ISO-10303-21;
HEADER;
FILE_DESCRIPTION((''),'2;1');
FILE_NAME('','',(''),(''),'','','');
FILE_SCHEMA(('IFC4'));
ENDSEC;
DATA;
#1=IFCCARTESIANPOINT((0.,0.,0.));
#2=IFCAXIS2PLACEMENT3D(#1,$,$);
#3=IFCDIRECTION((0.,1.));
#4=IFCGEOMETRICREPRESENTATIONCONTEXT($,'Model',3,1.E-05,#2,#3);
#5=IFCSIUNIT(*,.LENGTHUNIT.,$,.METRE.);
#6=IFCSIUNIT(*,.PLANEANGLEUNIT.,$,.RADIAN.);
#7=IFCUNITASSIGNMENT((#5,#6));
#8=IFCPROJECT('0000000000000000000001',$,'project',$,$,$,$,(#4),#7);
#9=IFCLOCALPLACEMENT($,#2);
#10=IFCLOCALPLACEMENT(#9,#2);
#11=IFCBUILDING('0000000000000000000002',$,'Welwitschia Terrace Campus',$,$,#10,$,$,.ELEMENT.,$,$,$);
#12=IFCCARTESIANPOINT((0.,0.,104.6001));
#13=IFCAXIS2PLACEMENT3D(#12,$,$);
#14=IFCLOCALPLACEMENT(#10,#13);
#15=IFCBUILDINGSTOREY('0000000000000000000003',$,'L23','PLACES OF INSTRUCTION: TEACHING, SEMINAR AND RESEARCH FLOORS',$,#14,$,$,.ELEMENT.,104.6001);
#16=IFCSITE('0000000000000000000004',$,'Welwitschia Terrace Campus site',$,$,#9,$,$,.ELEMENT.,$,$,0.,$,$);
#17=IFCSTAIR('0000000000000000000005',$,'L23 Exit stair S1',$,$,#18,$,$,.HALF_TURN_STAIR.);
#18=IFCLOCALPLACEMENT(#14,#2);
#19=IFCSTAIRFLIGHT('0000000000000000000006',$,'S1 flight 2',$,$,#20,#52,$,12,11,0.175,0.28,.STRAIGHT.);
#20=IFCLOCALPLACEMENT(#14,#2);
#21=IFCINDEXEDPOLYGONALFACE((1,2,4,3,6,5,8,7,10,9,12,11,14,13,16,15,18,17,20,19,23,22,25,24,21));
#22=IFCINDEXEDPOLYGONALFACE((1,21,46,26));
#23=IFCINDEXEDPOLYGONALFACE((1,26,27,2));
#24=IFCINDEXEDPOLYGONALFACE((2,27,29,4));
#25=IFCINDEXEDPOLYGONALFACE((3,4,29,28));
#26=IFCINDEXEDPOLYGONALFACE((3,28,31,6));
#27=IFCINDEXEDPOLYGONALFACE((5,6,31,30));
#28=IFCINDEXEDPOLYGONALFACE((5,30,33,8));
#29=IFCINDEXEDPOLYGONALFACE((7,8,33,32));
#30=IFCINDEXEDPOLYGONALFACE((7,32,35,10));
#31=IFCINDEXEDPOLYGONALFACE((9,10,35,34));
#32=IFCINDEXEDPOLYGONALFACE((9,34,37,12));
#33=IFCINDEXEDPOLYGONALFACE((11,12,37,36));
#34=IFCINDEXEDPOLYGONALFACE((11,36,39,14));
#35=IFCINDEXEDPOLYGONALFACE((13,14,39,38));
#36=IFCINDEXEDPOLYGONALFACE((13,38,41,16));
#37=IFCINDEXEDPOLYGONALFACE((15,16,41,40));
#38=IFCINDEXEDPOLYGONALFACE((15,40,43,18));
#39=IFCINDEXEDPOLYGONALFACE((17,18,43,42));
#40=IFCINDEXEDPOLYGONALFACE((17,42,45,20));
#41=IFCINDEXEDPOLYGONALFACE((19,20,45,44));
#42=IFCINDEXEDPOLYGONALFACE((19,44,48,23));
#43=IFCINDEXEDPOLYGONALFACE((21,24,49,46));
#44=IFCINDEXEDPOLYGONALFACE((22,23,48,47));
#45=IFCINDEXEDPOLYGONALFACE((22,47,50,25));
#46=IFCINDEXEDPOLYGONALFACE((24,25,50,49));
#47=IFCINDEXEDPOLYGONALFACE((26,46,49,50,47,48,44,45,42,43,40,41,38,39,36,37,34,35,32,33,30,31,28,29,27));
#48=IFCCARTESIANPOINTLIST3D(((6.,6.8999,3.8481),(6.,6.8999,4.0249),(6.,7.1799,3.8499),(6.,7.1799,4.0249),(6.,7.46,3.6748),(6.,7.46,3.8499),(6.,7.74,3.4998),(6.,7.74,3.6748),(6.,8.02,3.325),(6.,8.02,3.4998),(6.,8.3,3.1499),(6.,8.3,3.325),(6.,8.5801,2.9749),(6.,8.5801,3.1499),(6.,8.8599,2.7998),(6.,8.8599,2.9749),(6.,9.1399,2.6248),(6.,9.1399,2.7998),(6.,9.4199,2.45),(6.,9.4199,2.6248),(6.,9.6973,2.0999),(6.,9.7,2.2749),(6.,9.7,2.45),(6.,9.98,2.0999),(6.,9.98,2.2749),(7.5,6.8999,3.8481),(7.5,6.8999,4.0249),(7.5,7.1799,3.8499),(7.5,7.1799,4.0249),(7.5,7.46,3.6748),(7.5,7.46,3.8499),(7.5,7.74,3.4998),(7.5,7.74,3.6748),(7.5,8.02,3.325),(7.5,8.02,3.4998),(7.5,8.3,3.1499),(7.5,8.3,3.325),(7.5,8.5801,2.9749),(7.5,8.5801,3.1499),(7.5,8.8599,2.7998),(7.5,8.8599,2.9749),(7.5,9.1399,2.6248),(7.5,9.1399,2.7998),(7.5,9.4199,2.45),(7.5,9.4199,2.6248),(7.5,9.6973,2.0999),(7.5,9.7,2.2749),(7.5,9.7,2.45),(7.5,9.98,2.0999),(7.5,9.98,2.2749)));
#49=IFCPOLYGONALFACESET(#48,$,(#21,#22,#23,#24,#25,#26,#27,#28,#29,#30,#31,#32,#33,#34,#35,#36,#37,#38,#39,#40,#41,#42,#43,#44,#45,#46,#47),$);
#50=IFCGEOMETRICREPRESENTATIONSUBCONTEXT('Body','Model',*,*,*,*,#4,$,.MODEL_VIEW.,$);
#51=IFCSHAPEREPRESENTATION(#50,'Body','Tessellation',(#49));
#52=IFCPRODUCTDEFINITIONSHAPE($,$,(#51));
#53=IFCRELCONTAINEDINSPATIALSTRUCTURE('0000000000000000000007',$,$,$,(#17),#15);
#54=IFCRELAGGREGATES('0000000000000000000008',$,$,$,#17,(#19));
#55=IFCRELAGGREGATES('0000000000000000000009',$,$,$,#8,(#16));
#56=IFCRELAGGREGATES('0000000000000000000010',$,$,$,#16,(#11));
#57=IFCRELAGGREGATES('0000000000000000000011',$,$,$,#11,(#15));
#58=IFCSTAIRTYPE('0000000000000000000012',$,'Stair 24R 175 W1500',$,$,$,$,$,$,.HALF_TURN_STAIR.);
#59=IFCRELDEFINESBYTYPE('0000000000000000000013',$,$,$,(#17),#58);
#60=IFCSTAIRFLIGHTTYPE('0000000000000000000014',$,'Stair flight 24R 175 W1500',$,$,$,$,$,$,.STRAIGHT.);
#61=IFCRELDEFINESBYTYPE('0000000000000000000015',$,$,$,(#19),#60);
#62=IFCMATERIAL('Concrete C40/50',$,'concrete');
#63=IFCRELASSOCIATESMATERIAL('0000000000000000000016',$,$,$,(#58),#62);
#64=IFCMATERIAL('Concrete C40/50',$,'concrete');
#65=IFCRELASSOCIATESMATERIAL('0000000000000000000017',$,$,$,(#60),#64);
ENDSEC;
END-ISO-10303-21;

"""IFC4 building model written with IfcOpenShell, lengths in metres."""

from ifc_helpers import new_model, si_unit, direction, frame, origin, place, context, subcontext, project, spatial, polyline, outline, extrude, material, type_object, element, aggregate, save


model = new_model("IFC4")

# Units and contexts
model_context = context("Model", 3, precision=1e-05, world=origin(), true_north=direction((0.0, 1.0)))
body_context = subcontext(model_context, "Body", "Model", "MODEL_VIEW")
ifc_project = project(units=[si_unit("LENGTHUNIT", "METRE"), si_unit("PLANEANGLEUNIT", "RADIAN")], contexts=[model_context])

# Site, building, storey
site_placement = place(None, origin())
site = spatial("IfcSite", under=ifc_project, at=site_placement, Name="Welwitschia Terrace Campus site", CompositionType="ELEMENT", RefElevation=0.0)
building_placement = place(site_placement, origin())
building = spatial("IfcBuilding", under=site, at=building_placement, Name="Welwitschia Terrace Campus", CompositionType="ELEMENT")
storey_placement = place(building_placement, frame((0.0, 0.0, 104.6001)))
storey = spatial("IfcBuildingStorey", under=building, at=storey_placement, Name="L23", Description="PLACES OF INSTRUCTION: TEACHING, SEMINAR AND RESEARCH FLOORS", CompositionType="ELEMENT", Elevation=104.6001)

# Stair, stair flight
ifc_material_1 = material(Name="Concrete C40/50", Category="concrete")
stair_type = type_object("IfcStairType", Name="Stair 24R 175 W1500", PredefinedType="HALF_TURN_STAIR", material=ifc_material_1)
stair_placement = place(storey_placement, origin())
stair = element("IfcStair", 1, at=stair_placement, inside=storey, type_object=stair_type, Name="L23 Exit stair S1", PredefinedType="HALF_TURN_STAIR")
ifc_material_2 = material(Name="Concrete C40/50", Category="concrete")
stair_flight_type = type_object("IfcStairFlightType", Name="Stair flight 24R 175 W1500", PredefinedType="STRAIGHT", material=ifc_material_2)
stair_flight_1_placement = place(storey_placement, frame((6.75, 9.98, 2.0999), z_axis=(0.0, 0.0, 1.0), x_axis=(0.0, -1.0, 0.0)))
stair_flight_1 = element("IfcStairFlight", 2, at=stair_flight_1_placement, type_object=stair_flight_type, Name="S1 flight 2", NumberOfRisers=12, NumberOfTreads=11, PredefinedType="STRAIGHT", RiserHeight=0.175, TreadLength=0.28, context=body_context, shape_type="SweptSolid", body=[
    extrude(outline(polyline([(0.0, 0.0), (0.0, 0.175), (0.28, 0.175), (0.28, 0.3501), (0.5601, 0.3501), (0.5601, 0.5249), (0.8401, 0.5249), (0.8401, 0.7), (1.1201, 0.7), (1.1201, 0.875), (1.3999, 0.875), (1.3999, 1.05), (1.6799, 1.05), (1.6799, 1.2251), (1.96, 1.2251), (1.96, 1.3999), (2.24, 1.3999), (2.24, 1.575), (2.52, 1.575), (2.52, 1.75), (2.8, 1.75), (2.8, 1.925), (3.0801, 1.925), (3.0801, 2.1001), (3.0801, 1.7483), (0.2827, 0.0), (0.0, 0.0)])), frame((0.0, 0.75, 0.0), z_axis=(0.0, -1.0, 0.0), x_axis=(1.0, 0.0, 0.0)), (0.0, 0.0, 1.0), 1.5),
])
aggregate(stair, [stair_flight_1])

save(model, "model.ifc")
